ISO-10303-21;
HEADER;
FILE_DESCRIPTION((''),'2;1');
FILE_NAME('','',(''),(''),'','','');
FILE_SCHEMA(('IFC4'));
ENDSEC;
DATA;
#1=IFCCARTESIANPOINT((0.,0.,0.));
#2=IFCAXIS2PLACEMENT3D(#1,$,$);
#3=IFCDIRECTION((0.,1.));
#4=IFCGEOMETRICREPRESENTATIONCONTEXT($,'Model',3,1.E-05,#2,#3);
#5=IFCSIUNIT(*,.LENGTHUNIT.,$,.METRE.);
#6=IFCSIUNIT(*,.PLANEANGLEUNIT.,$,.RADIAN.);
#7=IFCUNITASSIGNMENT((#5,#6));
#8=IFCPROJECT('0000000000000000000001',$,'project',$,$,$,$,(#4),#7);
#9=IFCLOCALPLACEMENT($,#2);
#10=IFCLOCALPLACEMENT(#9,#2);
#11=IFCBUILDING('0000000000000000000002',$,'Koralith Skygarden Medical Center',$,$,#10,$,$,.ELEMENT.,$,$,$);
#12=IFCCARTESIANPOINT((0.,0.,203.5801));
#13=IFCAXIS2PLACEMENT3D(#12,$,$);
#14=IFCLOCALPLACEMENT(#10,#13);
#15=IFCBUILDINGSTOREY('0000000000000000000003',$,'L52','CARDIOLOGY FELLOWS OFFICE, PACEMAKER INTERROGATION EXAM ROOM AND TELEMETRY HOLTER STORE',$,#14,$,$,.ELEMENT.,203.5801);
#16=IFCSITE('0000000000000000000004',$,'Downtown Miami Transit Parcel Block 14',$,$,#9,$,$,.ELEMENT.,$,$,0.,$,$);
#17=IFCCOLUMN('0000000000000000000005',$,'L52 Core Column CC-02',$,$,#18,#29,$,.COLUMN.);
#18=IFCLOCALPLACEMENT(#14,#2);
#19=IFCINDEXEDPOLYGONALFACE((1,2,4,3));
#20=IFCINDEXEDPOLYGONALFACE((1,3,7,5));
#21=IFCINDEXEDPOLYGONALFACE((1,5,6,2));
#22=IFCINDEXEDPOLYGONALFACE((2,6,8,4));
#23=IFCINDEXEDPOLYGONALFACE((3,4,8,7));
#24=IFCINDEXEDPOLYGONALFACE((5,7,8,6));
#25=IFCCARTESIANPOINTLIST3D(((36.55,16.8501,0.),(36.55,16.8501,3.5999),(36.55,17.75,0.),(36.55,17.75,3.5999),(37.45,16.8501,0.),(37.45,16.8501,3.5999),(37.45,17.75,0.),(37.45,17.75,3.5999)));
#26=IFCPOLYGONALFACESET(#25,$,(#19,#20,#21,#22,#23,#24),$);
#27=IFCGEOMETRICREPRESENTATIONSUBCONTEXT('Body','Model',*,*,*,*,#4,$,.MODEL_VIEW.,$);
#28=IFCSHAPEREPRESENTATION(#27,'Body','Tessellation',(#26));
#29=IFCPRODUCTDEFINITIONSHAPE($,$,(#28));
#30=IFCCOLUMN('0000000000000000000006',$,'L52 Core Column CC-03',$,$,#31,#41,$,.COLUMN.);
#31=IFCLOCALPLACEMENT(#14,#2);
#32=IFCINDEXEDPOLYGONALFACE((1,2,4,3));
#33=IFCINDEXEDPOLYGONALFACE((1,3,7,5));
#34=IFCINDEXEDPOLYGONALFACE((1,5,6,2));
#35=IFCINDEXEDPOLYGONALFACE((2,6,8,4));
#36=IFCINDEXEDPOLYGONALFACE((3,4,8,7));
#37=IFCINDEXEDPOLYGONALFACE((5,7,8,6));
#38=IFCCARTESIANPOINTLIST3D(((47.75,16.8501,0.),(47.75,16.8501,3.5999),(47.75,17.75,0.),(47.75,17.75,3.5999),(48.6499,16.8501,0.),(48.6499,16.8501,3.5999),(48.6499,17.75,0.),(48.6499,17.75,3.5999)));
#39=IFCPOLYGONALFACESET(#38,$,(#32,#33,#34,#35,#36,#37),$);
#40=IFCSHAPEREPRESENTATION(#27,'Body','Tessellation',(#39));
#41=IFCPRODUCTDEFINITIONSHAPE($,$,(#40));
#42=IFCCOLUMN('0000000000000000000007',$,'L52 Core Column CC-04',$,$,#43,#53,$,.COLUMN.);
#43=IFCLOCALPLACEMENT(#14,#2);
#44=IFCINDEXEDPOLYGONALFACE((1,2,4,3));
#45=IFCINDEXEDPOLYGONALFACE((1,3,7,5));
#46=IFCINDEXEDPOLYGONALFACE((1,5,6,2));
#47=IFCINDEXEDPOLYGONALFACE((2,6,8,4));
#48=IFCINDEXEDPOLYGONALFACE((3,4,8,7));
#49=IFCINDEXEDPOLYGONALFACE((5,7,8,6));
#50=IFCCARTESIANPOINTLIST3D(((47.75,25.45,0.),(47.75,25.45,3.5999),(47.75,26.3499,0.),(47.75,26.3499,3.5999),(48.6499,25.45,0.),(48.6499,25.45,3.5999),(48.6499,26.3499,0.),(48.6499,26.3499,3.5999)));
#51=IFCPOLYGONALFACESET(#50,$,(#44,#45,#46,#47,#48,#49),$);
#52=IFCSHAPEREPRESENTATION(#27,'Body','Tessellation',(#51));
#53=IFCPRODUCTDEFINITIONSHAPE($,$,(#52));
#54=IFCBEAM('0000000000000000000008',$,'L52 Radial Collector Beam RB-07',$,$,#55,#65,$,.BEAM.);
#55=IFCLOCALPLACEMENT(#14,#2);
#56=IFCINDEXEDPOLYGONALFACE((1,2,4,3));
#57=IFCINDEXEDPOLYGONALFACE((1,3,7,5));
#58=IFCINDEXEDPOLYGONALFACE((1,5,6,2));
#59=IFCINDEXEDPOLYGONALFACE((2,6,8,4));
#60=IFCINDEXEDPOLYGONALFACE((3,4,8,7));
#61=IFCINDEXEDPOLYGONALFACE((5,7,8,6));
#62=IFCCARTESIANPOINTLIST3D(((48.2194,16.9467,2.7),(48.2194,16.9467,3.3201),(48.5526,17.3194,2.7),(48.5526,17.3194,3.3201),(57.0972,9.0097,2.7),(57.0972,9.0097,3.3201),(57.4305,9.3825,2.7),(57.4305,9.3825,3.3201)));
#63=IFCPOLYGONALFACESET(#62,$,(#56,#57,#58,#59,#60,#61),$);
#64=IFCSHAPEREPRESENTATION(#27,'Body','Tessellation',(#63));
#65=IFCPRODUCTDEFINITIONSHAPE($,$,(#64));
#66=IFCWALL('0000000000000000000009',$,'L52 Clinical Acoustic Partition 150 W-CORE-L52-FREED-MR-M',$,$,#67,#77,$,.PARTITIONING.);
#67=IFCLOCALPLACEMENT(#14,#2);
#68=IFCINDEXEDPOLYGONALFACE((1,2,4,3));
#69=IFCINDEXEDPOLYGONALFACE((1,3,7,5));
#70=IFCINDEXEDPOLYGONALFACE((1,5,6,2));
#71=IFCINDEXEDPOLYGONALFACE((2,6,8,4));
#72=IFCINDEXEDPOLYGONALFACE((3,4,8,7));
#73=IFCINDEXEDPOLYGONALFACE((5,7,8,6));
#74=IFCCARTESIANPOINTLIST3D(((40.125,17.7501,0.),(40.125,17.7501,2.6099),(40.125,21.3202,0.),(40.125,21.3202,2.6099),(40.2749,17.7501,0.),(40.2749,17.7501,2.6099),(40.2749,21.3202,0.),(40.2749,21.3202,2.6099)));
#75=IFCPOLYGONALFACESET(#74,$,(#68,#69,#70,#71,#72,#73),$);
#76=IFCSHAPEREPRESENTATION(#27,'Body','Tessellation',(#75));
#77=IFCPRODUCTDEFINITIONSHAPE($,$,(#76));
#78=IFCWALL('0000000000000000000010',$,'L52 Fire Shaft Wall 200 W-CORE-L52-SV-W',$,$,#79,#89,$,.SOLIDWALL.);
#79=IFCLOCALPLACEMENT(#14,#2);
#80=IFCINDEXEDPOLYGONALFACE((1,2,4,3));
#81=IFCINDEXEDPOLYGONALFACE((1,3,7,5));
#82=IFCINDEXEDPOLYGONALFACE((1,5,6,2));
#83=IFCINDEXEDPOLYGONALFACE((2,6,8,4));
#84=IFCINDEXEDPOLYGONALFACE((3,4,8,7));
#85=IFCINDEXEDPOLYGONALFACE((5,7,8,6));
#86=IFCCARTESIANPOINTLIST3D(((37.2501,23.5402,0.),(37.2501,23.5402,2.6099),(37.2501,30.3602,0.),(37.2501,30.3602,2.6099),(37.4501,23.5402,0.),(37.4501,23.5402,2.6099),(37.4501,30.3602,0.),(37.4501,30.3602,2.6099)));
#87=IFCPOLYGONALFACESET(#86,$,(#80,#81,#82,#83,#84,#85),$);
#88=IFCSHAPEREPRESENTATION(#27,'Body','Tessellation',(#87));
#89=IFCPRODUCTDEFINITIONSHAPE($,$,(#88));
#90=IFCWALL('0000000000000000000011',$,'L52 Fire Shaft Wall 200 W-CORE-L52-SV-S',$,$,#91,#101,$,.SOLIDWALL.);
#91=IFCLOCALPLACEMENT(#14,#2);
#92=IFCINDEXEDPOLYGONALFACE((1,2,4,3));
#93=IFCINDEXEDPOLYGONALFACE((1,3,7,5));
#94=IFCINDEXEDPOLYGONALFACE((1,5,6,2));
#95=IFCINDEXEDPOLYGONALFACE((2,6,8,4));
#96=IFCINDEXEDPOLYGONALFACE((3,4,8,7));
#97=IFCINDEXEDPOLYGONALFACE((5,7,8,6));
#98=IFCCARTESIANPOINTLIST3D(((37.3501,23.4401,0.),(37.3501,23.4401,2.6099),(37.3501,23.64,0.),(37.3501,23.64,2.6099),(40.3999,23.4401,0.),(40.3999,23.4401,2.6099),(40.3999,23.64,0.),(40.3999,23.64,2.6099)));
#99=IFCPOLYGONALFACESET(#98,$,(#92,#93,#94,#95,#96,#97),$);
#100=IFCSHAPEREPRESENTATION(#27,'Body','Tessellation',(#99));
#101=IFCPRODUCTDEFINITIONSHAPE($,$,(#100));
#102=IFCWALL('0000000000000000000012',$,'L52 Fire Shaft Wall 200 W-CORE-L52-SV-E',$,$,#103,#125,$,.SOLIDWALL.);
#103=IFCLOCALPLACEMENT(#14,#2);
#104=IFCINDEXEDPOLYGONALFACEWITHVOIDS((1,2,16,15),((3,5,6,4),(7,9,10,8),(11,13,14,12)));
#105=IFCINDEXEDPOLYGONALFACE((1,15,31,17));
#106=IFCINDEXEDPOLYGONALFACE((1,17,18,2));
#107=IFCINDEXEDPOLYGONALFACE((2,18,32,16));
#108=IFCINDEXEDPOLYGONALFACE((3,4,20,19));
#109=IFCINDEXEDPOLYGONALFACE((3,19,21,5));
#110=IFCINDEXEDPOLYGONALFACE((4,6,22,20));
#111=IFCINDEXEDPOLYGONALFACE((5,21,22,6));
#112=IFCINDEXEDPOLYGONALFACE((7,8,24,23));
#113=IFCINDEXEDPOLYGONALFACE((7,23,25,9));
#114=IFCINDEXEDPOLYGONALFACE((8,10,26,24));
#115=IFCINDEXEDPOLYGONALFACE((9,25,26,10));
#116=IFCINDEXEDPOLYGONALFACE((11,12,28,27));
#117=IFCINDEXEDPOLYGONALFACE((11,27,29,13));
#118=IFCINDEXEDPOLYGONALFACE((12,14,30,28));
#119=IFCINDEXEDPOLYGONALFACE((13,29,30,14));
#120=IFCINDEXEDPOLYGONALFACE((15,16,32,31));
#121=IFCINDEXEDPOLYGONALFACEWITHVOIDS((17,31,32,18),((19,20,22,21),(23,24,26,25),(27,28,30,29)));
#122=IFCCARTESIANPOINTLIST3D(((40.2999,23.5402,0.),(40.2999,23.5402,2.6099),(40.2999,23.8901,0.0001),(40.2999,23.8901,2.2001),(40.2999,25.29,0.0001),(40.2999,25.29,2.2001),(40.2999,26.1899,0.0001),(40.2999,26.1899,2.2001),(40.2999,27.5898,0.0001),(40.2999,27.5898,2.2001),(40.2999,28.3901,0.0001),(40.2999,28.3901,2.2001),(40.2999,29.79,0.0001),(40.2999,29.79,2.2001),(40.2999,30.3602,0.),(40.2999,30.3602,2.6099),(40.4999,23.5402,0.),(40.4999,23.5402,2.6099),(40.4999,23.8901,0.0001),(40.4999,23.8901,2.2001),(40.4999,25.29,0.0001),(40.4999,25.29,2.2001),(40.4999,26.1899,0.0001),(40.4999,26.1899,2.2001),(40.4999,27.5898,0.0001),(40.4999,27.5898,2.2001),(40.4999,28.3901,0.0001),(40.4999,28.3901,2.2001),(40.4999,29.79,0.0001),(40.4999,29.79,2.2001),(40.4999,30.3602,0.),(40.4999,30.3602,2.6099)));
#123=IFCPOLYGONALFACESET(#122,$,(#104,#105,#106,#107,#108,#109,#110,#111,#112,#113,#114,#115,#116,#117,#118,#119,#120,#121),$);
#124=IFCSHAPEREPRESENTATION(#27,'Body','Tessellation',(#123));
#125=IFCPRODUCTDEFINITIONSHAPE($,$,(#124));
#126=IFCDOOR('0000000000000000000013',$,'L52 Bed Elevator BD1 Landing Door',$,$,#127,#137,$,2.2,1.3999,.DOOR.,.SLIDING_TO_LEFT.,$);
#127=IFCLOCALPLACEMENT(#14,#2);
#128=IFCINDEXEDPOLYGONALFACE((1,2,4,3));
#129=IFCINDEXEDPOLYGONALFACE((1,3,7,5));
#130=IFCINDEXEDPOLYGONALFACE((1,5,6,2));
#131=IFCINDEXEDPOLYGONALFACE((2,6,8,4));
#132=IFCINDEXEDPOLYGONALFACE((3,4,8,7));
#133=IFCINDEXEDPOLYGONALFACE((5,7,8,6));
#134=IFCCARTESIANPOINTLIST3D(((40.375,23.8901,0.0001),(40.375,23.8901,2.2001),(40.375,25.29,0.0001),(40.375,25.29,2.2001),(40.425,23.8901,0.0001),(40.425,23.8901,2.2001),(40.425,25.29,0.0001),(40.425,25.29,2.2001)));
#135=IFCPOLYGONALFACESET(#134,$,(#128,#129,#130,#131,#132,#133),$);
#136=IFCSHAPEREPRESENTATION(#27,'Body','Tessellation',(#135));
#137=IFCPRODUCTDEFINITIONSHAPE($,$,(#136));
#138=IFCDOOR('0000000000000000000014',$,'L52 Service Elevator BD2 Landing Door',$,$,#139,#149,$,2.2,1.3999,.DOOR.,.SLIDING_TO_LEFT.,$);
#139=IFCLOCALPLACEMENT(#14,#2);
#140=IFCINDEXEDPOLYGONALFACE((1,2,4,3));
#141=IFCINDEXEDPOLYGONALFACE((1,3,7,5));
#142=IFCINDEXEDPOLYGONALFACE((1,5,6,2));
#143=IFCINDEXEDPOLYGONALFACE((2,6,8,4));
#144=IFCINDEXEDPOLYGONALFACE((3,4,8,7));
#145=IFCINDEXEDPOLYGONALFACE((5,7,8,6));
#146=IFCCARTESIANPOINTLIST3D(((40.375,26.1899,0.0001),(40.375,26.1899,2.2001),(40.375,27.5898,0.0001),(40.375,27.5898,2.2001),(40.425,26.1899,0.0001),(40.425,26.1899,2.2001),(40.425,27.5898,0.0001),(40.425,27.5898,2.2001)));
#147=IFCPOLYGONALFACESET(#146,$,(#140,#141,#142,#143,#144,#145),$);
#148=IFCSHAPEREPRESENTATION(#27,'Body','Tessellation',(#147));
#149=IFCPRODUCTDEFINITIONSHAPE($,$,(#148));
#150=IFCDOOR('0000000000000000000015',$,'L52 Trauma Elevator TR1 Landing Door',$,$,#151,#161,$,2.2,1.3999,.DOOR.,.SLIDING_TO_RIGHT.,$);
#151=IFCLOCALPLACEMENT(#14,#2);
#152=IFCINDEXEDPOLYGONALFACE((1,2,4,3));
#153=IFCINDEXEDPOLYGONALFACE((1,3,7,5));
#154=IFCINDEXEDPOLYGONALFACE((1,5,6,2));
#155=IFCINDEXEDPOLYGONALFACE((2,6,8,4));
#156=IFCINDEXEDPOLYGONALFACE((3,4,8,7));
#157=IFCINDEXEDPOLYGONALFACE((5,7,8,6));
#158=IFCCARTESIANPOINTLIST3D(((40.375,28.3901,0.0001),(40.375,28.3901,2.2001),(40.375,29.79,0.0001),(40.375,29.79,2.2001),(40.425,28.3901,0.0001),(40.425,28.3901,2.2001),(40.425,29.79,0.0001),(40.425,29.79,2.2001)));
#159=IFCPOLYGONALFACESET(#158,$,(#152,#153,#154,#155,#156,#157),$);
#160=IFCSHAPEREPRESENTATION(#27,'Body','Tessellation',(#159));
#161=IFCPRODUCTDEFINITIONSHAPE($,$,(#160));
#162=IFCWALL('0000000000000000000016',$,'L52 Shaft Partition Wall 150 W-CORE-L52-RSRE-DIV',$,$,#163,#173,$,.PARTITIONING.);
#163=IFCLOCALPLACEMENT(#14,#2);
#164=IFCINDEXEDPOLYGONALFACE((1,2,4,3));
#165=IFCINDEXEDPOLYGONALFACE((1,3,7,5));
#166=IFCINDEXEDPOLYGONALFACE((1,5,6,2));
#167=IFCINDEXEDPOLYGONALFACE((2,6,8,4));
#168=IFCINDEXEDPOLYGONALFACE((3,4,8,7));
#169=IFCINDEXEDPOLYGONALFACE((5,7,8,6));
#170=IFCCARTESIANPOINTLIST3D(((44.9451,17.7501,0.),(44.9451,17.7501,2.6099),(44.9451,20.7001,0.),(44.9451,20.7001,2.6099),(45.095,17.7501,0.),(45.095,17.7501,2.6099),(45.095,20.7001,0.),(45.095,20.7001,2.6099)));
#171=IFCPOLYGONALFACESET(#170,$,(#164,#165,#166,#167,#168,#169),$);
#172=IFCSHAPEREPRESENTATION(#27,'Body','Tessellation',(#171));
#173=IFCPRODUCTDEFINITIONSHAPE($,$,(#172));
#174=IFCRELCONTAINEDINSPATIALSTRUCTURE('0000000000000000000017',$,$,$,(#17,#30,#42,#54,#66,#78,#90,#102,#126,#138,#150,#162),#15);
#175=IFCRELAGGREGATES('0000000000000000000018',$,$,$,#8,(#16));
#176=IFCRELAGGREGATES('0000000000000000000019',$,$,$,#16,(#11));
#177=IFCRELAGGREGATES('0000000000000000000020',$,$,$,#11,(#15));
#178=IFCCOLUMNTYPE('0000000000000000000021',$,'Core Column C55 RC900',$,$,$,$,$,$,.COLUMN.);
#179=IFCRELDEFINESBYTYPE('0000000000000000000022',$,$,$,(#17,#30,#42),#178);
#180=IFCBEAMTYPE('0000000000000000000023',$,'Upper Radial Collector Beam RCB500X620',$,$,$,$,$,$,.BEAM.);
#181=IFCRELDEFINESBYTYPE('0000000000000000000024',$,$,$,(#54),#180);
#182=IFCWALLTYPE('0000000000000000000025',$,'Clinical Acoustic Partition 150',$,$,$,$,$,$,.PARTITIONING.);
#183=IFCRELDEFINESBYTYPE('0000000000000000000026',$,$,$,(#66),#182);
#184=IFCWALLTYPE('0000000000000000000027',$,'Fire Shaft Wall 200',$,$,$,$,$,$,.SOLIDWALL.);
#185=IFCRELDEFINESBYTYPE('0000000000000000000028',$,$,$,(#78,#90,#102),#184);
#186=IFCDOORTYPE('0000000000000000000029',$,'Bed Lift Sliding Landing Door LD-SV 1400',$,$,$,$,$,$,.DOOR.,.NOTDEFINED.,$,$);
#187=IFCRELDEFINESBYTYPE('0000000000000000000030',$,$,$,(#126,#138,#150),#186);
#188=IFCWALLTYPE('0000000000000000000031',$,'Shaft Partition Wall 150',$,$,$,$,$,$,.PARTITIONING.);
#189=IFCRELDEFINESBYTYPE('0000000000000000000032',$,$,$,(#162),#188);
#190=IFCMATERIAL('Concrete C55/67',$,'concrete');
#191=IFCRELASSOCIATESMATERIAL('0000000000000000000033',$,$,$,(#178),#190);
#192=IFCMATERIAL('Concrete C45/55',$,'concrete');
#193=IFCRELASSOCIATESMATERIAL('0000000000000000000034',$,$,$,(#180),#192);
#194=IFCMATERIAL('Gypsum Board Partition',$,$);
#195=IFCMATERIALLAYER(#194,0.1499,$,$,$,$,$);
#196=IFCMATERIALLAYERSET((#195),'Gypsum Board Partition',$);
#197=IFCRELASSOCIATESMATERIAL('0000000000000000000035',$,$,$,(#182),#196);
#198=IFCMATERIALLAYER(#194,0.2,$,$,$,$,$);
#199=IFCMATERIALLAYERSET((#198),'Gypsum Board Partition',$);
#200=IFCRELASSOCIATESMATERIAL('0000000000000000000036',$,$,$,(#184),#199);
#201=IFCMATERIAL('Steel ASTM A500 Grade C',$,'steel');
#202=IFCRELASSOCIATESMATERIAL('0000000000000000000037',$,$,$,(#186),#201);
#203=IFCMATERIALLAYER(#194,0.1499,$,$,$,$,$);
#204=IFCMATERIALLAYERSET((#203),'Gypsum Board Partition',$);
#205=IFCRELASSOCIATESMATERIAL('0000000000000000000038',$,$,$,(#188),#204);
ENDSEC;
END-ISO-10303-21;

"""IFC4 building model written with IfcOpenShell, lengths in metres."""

from ifc_helpers import new_model, si_unit, direction, frame, frame_2d, origin, origin_2d, place, context, subcontext, project, spatial, rectangle, extrude, material, layer, layer_set, material_profile, profile_set, type_object, element, fill, save


model = new_model("IFC4")

# Units and contexts
model_context = context("Model", 3, precision=1e-05, world=origin(), true_north=direction((0.0, 1.0)))
body_context = subcontext(model_context, "Body", "Model", "MODEL_VIEW")
ifc_project = project(units=[si_unit("LENGTHUNIT", "METRE"), si_unit("PLANEANGLEUNIT", "RADIAN")], contexts=[model_context])

# Site, building, storey
site_placement = place(None, origin())
site = spatial("IfcSite", under=ifc_project, at=site_placement, Name="Downtown Miami Transit Parcel Block 14", CompositionType="ELEMENT", RefElevation=0.0)
building_placement = place(site_placement, origin())
building = spatial("IfcBuilding", under=site, at=building_placement, Name="Koralith Skygarden Medical Center", CompositionType="ELEMENT")
storey_placement = place(building_placement, frame((0.0, 0.0, 203.5801)))
storey = spatial("IfcBuildingStorey", under=building, at=storey_placement, Name="L52", Description="CARDIOLOGY FELLOWS OFFICE, PACEMAKER INTERROGATION EXAM ROOM AND TELEMETRY HOLTER STORE", CompositionType="ELEMENT", Elevation=203.5801)

# Columns
ifc_material_1 = material(Name="Concrete C55/67", Category="concrete")
ifc_material_profile_1 = material_profile(ifc_material_1, rectangle(XDim=0.8999, YDim=0.8999, at=origin_2d()), Name="RC900X900")
ifc_profile_set_1 = profile_set([ifc_material_profile_1], Name="Concrete C55/67")
column_type = type_object("IfcColumnType", Name="Core Column C55 RC900", PredefinedType="COLUMN", material=ifc_profile_set_1)
for number, where, z_axis, x_axis, name in (
    (1, (37.0, 17.3, 0.0), (0.0, 0.0, 1.0), (1.0, 0.0, 0.0), "L52 Core Column CC-02"),
    (2, (48.2, 17.3, 0.0), (0.0, 0.0, 1.0), (1.0, 0.0, 0.0), "L52 Core Column CC-03"),
    (3, (48.2, 25.8999, 0.0), (0.0, 0.0, 1.0), (1.0, 0.0, 0.0), "L52 Core Column CC-04"),
):
    element("IfcColumn", number, at=place(storey_placement, frame(where, z_axis=z_axis, x_axis=x_axis)), inside=storey, type_object=column_type, Name=name, PredefinedType="COLUMN", context=body_context, shape_type="SweptSolid", body=[
        extrude(rectangle(XDim=0.8999, YDim=0.8999, at=origin_2d()), origin(), (0.0, 0.0, 1.0), 3.5999),
    ])

# Beam
ifc_material_2 = material(Name="Concrete C45/55", Category="concrete")
ifc_material_profile_2 = material_profile(ifc_material_2, rectangle(XDim=0.5, YDim=0.6201, at=origin_2d()), Name="RCB500X620")
ifc_profile_set_2 = profile_set([ifc_material_profile_2], Name="Concrete C45/55")
beam_type = type_object("IfcBeamType", Name="Upper Radial Collector Beam RCB500X620", PredefinedType="BEAM", material=ifc_profile_set_2)
beam_placement = place(storey_placement, frame((48.386, 17.1331, 3.01), z_axis=(0.745508, -0.666496, 0.0), x_axis=(0.666496, 0.745508, 0.0)))
element("IfcBeam", 4, at=beam_placement, inside=storey, type_object=beam_type, Name="L52 Radial Collector Beam RB-07", PredefinedType="BEAM", context=body_context, shape_type="SweptSolid", body=[
    extrude(rectangle(XDim=0.5, YDim=0.6201, at=origin_2d()), origin(), (0.0, 0.0, 1.0), 11.9084),
])

# Shared definitions
ifc_material_3 = material(Name="Gypsum Board Partition")
ifc_layer_1 = layer(ifc_material_3, 0.1499)
ifc_layer_set_1 = layer_set([ifc_layer_1], Name="Gypsum Board Partition")
wall_type_1 = type_object("IfcWallType", Name="Clinical Acoustic Partition 150", PredefinedType="PARTITIONING", material=ifc_layer_set_1)

# Wall
wall_1_placement = place(storey_placement, frame((40.2, 17.75, 0.0), z_axis=(0.0, 0.0, 1.0), x_axis=(0.0, 1.0, 0.0)))
element("IfcWall", 5, at=wall_1_placement, inside=storey, type_object=wall_type_1, Name="L52 Clinical Acoustic Partition 150 W-CORE-L52-FREED-MR-M", PredefinedType="PARTITIONING", context=body_context, shape_type="SweptSolid", body=[
    extrude(rectangle(XDim=3.5701, YDim=0.1499, at=frame_2d((1.7852, 0.0))), origin(), (0.0, 0.0, 1.0), 2.6099),
])

# Shared definitions
ifc_layer_2 = layer(ifc_material_3, 0.2)
ifc_layer_set_2 = layer_set([ifc_layer_2], Name="Gypsum Board Partition")
wall_type_2 = type_object("IfcWallType", Name="Fire Shaft Wall 200", PredefinedType="SOLIDWALL", material=ifc_layer_set_2)
ifc_material_4 = material(Name="Steel ASTM A500 Grade C", Category="steel")

# Walls
wall_2_placement = place(storey_placement, frame((37.3501, 23.54, 0.0), z_axis=(0.0, 0.0, 1.0), x_axis=(0.0, 1.0, 0.0)))
element("IfcWall", 6, at=wall_2_placement, inside=storey, type_object=wall_type_2, Name="L52 Fire Shaft Wall 200 W-CORE-L52-SV-W", PredefinedType="SOLIDWALL", context=body_context, shape_type="SweptSolid", body=[
    extrude(rectangle(XDim=6.8201, YDim=0.2, at=frame_2d((3.4102, 0.0))), origin(), (0.0, 0.0, 1.0), 2.6099),
])
wall_3_placement = place(storey_placement, frame((37.3501, 23.54, 0.0), z_axis=(0.0, 0.0, 1.0), x_axis=(1.0, 0.0, 0.0)))
element("IfcWall", 7, at=wall_3_placement, inside=storey, type_object=wall_type_2, Name="L52 Fire Shaft Wall 200 W-CORE-L52-SV-S", PredefinedType="SOLIDWALL", context=body_context, shape_type="SweptSolid", body=[
    extrude(rectangle(XDim=3.0498, YDim=0.2, at=frame_2d((1.5249, 0.0))), origin(), (0.0, 0.0, 1.0), 2.6099),
])

# Wall, openings, doors
wall_4_placement = place(storey_placement, frame((40.3999, 23.54, 0.0), z_axis=(0.0, 0.0, 1.0), x_axis=(0.0, 1.0, 0.0)))
wall_4 = element("IfcWall", 8, at=wall_4_placement, inside=storey, type_object=wall_type_2, Name="L52 Fire Shaft Wall 200 W-CORE-L52-SV-E", PredefinedType="SOLIDWALL", context=body_context, shape_type="SweptSolid", body=[
    extrude(rectangle(XDim=6.8201, YDim=0.2, at=frame_2d((3.4102, 0.0))), origin(), (0.0, 0.0, 1.0), 2.6099),
])
opening_1_placement = place(wall_4_placement, frame((0.3501, 0.0, 0.0)))
opening_1 = element("IfcOpeningElement", 9, at=opening_1_placement, cuts=wall_4, PredefinedType="OPENING", context=body_context, shape_type="SweptSolid", body=[
    extrude(rectangle(XDim=1.3999, YDim=2.2, at=frame_2d((0.7, 1.1001))), frame((0.0, 0.1099, 0.0), z_axis=(0.0, -1.0, 0.0), x_axis=(1.0, 0.0, 0.0)), (0.0, 0.0, 1.0), 0.22),
])
opening_2_placement = place(wall_4_placement, frame((2.6499, 0.0, 0.0)))
opening_2 = element("IfcOpeningElement", 10, at=opening_2_placement, cuts=wall_4, PredefinedType="OPENING", context=body_context, shape_type="SweptSolid", body=[
    extrude(rectangle(XDim=1.3999, YDim=2.2, at=frame_2d((0.7, 1.1001))), frame((0.0, 0.1099, 0.0), z_axis=(0.0, -1.0, 0.0), x_axis=(1.0, 0.0, 0.0)), (0.0, 0.0, 1.0), 0.22),
])
opening_3_placement = place(wall_4_placement, frame((4.8501, 0.0, 0.0)))
opening_3 = element("IfcOpeningElement", 11, at=opening_3_placement, cuts=wall_4, PredefinedType="OPENING", context=body_context, shape_type="SweptSolid", body=[
    extrude(rectangle(XDim=1.3999, YDim=2.2, at=frame_2d((0.7, 1.1001))), frame((0.0, 0.1099, 0.0), z_axis=(0.0, -1.0, 0.0), x_axis=(1.0, 0.0, 0.0)), (0.0, 0.0, 1.0), 0.22),
])
door_type_1 = type_object("IfcDoorType", Name="Bed Lift Sliding Landing Door LD-SV 1400", OperationType="NOTDEFINED", PredefinedType="DOOR", material=ifc_material_4)
door_1_placement = place(opening_1_placement, origin())
door_1 = element("IfcDoor", 12, at=door_1_placement, inside=storey, type_object=door_type_1, Name="L52 Bed Elevator BD1 Landing Door", OperationType="SLIDING_TO_LEFT", OverallHeight=2.2, OverallWidth=1.3999, PredefinedType="DOOR", context=body_context, shape_type="SweptSolid", body=[
    extrude(rectangle(XDim=1.3999, YDim=2.2, at=frame_2d((0.7, 1.1001))), frame((0.0, 0.0249, 0.0), z_axis=(0.0, -1.0, 0.0), x_axis=(1.0, 0.0, 0.0)), (0.0, 0.0, 1.0), 0.05),
])
fill(opening_1, door_1)
door_2_placement = place(opening_2_placement, origin())
door_2 = element("IfcDoor", 13, at=door_2_placement, inside=storey, type_object=door_type_1, Name="L52 Service Elevator BD2 Landing Door", OperationType="SLIDING_TO_LEFT", OverallHeight=2.2, OverallWidth=1.3999, PredefinedType="DOOR", context=body_context, shape_type="SweptSolid", body=[
    extrude(rectangle(XDim=1.3999, YDim=2.2, at=frame_2d((0.7, 1.1001))), frame((0.0, 0.0249, 0.0), z_axis=(0.0, -1.0, 0.0), x_axis=(1.0, 0.0, 0.0)), (0.0, 0.0, 1.0), 0.05),
])
fill(opening_2, door_2)
door_3_placement = place(opening_3_placement, origin())
door_3 = element("IfcDoor", 14, at=door_3_placement, inside=storey, type_object=door_type_1, Name="L52 Trauma Elevator TR1 Landing Door", OperationType="SLIDING_TO_RIGHT", OverallHeight=2.2, OverallWidth=1.3999, PredefinedType="DOOR", context=body_context, shape_type="SweptSolid", body=[
    extrude(rectangle(XDim=1.3999, YDim=2.2, at=frame_2d((0.7, 1.1001))), frame((0.0, 0.0249, 0.0), z_axis=(0.0, -1.0, 0.0), x_axis=(1.0, 0.0, 0.0)), (0.0, 0.0, 1.0), 0.05),
])
fill(opening_3, door_3)

# Wall
ifc_layer_3 = layer(ifc_material_3, 0.1499)
ifc_layer_set_3 = layer_set([ifc_layer_3], Name="Gypsum Board Partition")
wall_type_3 = type_object("IfcWallType", Name="Shaft Partition Wall 150", PredefinedType="PARTITIONING", material=ifc_layer_set_3)
wall_5_placement = place(storey_placement, frame((45.02, 17.75, 0.0), z_axis=(0.0, 0.0, 1.0), x_axis=(0.0, 1.0, 0.0)))
element("IfcWall", 15, at=wall_5_placement, inside=storey, type_object=wall_type_3, Name="L52 Shaft Partition Wall 150 W-CORE-L52-RSRE-DIV", PredefinedType="PARTITIONING", context=body_context, shape_type="SweptSolid", body=[
    extrude(rectangle(XDim=2.95, YDim=0.1499, at=frame_2d((1.4751, 0.0))), origin(), (0.0, 0.0, 1.0), 2.6099),
])

save(model, "model.ifc")
